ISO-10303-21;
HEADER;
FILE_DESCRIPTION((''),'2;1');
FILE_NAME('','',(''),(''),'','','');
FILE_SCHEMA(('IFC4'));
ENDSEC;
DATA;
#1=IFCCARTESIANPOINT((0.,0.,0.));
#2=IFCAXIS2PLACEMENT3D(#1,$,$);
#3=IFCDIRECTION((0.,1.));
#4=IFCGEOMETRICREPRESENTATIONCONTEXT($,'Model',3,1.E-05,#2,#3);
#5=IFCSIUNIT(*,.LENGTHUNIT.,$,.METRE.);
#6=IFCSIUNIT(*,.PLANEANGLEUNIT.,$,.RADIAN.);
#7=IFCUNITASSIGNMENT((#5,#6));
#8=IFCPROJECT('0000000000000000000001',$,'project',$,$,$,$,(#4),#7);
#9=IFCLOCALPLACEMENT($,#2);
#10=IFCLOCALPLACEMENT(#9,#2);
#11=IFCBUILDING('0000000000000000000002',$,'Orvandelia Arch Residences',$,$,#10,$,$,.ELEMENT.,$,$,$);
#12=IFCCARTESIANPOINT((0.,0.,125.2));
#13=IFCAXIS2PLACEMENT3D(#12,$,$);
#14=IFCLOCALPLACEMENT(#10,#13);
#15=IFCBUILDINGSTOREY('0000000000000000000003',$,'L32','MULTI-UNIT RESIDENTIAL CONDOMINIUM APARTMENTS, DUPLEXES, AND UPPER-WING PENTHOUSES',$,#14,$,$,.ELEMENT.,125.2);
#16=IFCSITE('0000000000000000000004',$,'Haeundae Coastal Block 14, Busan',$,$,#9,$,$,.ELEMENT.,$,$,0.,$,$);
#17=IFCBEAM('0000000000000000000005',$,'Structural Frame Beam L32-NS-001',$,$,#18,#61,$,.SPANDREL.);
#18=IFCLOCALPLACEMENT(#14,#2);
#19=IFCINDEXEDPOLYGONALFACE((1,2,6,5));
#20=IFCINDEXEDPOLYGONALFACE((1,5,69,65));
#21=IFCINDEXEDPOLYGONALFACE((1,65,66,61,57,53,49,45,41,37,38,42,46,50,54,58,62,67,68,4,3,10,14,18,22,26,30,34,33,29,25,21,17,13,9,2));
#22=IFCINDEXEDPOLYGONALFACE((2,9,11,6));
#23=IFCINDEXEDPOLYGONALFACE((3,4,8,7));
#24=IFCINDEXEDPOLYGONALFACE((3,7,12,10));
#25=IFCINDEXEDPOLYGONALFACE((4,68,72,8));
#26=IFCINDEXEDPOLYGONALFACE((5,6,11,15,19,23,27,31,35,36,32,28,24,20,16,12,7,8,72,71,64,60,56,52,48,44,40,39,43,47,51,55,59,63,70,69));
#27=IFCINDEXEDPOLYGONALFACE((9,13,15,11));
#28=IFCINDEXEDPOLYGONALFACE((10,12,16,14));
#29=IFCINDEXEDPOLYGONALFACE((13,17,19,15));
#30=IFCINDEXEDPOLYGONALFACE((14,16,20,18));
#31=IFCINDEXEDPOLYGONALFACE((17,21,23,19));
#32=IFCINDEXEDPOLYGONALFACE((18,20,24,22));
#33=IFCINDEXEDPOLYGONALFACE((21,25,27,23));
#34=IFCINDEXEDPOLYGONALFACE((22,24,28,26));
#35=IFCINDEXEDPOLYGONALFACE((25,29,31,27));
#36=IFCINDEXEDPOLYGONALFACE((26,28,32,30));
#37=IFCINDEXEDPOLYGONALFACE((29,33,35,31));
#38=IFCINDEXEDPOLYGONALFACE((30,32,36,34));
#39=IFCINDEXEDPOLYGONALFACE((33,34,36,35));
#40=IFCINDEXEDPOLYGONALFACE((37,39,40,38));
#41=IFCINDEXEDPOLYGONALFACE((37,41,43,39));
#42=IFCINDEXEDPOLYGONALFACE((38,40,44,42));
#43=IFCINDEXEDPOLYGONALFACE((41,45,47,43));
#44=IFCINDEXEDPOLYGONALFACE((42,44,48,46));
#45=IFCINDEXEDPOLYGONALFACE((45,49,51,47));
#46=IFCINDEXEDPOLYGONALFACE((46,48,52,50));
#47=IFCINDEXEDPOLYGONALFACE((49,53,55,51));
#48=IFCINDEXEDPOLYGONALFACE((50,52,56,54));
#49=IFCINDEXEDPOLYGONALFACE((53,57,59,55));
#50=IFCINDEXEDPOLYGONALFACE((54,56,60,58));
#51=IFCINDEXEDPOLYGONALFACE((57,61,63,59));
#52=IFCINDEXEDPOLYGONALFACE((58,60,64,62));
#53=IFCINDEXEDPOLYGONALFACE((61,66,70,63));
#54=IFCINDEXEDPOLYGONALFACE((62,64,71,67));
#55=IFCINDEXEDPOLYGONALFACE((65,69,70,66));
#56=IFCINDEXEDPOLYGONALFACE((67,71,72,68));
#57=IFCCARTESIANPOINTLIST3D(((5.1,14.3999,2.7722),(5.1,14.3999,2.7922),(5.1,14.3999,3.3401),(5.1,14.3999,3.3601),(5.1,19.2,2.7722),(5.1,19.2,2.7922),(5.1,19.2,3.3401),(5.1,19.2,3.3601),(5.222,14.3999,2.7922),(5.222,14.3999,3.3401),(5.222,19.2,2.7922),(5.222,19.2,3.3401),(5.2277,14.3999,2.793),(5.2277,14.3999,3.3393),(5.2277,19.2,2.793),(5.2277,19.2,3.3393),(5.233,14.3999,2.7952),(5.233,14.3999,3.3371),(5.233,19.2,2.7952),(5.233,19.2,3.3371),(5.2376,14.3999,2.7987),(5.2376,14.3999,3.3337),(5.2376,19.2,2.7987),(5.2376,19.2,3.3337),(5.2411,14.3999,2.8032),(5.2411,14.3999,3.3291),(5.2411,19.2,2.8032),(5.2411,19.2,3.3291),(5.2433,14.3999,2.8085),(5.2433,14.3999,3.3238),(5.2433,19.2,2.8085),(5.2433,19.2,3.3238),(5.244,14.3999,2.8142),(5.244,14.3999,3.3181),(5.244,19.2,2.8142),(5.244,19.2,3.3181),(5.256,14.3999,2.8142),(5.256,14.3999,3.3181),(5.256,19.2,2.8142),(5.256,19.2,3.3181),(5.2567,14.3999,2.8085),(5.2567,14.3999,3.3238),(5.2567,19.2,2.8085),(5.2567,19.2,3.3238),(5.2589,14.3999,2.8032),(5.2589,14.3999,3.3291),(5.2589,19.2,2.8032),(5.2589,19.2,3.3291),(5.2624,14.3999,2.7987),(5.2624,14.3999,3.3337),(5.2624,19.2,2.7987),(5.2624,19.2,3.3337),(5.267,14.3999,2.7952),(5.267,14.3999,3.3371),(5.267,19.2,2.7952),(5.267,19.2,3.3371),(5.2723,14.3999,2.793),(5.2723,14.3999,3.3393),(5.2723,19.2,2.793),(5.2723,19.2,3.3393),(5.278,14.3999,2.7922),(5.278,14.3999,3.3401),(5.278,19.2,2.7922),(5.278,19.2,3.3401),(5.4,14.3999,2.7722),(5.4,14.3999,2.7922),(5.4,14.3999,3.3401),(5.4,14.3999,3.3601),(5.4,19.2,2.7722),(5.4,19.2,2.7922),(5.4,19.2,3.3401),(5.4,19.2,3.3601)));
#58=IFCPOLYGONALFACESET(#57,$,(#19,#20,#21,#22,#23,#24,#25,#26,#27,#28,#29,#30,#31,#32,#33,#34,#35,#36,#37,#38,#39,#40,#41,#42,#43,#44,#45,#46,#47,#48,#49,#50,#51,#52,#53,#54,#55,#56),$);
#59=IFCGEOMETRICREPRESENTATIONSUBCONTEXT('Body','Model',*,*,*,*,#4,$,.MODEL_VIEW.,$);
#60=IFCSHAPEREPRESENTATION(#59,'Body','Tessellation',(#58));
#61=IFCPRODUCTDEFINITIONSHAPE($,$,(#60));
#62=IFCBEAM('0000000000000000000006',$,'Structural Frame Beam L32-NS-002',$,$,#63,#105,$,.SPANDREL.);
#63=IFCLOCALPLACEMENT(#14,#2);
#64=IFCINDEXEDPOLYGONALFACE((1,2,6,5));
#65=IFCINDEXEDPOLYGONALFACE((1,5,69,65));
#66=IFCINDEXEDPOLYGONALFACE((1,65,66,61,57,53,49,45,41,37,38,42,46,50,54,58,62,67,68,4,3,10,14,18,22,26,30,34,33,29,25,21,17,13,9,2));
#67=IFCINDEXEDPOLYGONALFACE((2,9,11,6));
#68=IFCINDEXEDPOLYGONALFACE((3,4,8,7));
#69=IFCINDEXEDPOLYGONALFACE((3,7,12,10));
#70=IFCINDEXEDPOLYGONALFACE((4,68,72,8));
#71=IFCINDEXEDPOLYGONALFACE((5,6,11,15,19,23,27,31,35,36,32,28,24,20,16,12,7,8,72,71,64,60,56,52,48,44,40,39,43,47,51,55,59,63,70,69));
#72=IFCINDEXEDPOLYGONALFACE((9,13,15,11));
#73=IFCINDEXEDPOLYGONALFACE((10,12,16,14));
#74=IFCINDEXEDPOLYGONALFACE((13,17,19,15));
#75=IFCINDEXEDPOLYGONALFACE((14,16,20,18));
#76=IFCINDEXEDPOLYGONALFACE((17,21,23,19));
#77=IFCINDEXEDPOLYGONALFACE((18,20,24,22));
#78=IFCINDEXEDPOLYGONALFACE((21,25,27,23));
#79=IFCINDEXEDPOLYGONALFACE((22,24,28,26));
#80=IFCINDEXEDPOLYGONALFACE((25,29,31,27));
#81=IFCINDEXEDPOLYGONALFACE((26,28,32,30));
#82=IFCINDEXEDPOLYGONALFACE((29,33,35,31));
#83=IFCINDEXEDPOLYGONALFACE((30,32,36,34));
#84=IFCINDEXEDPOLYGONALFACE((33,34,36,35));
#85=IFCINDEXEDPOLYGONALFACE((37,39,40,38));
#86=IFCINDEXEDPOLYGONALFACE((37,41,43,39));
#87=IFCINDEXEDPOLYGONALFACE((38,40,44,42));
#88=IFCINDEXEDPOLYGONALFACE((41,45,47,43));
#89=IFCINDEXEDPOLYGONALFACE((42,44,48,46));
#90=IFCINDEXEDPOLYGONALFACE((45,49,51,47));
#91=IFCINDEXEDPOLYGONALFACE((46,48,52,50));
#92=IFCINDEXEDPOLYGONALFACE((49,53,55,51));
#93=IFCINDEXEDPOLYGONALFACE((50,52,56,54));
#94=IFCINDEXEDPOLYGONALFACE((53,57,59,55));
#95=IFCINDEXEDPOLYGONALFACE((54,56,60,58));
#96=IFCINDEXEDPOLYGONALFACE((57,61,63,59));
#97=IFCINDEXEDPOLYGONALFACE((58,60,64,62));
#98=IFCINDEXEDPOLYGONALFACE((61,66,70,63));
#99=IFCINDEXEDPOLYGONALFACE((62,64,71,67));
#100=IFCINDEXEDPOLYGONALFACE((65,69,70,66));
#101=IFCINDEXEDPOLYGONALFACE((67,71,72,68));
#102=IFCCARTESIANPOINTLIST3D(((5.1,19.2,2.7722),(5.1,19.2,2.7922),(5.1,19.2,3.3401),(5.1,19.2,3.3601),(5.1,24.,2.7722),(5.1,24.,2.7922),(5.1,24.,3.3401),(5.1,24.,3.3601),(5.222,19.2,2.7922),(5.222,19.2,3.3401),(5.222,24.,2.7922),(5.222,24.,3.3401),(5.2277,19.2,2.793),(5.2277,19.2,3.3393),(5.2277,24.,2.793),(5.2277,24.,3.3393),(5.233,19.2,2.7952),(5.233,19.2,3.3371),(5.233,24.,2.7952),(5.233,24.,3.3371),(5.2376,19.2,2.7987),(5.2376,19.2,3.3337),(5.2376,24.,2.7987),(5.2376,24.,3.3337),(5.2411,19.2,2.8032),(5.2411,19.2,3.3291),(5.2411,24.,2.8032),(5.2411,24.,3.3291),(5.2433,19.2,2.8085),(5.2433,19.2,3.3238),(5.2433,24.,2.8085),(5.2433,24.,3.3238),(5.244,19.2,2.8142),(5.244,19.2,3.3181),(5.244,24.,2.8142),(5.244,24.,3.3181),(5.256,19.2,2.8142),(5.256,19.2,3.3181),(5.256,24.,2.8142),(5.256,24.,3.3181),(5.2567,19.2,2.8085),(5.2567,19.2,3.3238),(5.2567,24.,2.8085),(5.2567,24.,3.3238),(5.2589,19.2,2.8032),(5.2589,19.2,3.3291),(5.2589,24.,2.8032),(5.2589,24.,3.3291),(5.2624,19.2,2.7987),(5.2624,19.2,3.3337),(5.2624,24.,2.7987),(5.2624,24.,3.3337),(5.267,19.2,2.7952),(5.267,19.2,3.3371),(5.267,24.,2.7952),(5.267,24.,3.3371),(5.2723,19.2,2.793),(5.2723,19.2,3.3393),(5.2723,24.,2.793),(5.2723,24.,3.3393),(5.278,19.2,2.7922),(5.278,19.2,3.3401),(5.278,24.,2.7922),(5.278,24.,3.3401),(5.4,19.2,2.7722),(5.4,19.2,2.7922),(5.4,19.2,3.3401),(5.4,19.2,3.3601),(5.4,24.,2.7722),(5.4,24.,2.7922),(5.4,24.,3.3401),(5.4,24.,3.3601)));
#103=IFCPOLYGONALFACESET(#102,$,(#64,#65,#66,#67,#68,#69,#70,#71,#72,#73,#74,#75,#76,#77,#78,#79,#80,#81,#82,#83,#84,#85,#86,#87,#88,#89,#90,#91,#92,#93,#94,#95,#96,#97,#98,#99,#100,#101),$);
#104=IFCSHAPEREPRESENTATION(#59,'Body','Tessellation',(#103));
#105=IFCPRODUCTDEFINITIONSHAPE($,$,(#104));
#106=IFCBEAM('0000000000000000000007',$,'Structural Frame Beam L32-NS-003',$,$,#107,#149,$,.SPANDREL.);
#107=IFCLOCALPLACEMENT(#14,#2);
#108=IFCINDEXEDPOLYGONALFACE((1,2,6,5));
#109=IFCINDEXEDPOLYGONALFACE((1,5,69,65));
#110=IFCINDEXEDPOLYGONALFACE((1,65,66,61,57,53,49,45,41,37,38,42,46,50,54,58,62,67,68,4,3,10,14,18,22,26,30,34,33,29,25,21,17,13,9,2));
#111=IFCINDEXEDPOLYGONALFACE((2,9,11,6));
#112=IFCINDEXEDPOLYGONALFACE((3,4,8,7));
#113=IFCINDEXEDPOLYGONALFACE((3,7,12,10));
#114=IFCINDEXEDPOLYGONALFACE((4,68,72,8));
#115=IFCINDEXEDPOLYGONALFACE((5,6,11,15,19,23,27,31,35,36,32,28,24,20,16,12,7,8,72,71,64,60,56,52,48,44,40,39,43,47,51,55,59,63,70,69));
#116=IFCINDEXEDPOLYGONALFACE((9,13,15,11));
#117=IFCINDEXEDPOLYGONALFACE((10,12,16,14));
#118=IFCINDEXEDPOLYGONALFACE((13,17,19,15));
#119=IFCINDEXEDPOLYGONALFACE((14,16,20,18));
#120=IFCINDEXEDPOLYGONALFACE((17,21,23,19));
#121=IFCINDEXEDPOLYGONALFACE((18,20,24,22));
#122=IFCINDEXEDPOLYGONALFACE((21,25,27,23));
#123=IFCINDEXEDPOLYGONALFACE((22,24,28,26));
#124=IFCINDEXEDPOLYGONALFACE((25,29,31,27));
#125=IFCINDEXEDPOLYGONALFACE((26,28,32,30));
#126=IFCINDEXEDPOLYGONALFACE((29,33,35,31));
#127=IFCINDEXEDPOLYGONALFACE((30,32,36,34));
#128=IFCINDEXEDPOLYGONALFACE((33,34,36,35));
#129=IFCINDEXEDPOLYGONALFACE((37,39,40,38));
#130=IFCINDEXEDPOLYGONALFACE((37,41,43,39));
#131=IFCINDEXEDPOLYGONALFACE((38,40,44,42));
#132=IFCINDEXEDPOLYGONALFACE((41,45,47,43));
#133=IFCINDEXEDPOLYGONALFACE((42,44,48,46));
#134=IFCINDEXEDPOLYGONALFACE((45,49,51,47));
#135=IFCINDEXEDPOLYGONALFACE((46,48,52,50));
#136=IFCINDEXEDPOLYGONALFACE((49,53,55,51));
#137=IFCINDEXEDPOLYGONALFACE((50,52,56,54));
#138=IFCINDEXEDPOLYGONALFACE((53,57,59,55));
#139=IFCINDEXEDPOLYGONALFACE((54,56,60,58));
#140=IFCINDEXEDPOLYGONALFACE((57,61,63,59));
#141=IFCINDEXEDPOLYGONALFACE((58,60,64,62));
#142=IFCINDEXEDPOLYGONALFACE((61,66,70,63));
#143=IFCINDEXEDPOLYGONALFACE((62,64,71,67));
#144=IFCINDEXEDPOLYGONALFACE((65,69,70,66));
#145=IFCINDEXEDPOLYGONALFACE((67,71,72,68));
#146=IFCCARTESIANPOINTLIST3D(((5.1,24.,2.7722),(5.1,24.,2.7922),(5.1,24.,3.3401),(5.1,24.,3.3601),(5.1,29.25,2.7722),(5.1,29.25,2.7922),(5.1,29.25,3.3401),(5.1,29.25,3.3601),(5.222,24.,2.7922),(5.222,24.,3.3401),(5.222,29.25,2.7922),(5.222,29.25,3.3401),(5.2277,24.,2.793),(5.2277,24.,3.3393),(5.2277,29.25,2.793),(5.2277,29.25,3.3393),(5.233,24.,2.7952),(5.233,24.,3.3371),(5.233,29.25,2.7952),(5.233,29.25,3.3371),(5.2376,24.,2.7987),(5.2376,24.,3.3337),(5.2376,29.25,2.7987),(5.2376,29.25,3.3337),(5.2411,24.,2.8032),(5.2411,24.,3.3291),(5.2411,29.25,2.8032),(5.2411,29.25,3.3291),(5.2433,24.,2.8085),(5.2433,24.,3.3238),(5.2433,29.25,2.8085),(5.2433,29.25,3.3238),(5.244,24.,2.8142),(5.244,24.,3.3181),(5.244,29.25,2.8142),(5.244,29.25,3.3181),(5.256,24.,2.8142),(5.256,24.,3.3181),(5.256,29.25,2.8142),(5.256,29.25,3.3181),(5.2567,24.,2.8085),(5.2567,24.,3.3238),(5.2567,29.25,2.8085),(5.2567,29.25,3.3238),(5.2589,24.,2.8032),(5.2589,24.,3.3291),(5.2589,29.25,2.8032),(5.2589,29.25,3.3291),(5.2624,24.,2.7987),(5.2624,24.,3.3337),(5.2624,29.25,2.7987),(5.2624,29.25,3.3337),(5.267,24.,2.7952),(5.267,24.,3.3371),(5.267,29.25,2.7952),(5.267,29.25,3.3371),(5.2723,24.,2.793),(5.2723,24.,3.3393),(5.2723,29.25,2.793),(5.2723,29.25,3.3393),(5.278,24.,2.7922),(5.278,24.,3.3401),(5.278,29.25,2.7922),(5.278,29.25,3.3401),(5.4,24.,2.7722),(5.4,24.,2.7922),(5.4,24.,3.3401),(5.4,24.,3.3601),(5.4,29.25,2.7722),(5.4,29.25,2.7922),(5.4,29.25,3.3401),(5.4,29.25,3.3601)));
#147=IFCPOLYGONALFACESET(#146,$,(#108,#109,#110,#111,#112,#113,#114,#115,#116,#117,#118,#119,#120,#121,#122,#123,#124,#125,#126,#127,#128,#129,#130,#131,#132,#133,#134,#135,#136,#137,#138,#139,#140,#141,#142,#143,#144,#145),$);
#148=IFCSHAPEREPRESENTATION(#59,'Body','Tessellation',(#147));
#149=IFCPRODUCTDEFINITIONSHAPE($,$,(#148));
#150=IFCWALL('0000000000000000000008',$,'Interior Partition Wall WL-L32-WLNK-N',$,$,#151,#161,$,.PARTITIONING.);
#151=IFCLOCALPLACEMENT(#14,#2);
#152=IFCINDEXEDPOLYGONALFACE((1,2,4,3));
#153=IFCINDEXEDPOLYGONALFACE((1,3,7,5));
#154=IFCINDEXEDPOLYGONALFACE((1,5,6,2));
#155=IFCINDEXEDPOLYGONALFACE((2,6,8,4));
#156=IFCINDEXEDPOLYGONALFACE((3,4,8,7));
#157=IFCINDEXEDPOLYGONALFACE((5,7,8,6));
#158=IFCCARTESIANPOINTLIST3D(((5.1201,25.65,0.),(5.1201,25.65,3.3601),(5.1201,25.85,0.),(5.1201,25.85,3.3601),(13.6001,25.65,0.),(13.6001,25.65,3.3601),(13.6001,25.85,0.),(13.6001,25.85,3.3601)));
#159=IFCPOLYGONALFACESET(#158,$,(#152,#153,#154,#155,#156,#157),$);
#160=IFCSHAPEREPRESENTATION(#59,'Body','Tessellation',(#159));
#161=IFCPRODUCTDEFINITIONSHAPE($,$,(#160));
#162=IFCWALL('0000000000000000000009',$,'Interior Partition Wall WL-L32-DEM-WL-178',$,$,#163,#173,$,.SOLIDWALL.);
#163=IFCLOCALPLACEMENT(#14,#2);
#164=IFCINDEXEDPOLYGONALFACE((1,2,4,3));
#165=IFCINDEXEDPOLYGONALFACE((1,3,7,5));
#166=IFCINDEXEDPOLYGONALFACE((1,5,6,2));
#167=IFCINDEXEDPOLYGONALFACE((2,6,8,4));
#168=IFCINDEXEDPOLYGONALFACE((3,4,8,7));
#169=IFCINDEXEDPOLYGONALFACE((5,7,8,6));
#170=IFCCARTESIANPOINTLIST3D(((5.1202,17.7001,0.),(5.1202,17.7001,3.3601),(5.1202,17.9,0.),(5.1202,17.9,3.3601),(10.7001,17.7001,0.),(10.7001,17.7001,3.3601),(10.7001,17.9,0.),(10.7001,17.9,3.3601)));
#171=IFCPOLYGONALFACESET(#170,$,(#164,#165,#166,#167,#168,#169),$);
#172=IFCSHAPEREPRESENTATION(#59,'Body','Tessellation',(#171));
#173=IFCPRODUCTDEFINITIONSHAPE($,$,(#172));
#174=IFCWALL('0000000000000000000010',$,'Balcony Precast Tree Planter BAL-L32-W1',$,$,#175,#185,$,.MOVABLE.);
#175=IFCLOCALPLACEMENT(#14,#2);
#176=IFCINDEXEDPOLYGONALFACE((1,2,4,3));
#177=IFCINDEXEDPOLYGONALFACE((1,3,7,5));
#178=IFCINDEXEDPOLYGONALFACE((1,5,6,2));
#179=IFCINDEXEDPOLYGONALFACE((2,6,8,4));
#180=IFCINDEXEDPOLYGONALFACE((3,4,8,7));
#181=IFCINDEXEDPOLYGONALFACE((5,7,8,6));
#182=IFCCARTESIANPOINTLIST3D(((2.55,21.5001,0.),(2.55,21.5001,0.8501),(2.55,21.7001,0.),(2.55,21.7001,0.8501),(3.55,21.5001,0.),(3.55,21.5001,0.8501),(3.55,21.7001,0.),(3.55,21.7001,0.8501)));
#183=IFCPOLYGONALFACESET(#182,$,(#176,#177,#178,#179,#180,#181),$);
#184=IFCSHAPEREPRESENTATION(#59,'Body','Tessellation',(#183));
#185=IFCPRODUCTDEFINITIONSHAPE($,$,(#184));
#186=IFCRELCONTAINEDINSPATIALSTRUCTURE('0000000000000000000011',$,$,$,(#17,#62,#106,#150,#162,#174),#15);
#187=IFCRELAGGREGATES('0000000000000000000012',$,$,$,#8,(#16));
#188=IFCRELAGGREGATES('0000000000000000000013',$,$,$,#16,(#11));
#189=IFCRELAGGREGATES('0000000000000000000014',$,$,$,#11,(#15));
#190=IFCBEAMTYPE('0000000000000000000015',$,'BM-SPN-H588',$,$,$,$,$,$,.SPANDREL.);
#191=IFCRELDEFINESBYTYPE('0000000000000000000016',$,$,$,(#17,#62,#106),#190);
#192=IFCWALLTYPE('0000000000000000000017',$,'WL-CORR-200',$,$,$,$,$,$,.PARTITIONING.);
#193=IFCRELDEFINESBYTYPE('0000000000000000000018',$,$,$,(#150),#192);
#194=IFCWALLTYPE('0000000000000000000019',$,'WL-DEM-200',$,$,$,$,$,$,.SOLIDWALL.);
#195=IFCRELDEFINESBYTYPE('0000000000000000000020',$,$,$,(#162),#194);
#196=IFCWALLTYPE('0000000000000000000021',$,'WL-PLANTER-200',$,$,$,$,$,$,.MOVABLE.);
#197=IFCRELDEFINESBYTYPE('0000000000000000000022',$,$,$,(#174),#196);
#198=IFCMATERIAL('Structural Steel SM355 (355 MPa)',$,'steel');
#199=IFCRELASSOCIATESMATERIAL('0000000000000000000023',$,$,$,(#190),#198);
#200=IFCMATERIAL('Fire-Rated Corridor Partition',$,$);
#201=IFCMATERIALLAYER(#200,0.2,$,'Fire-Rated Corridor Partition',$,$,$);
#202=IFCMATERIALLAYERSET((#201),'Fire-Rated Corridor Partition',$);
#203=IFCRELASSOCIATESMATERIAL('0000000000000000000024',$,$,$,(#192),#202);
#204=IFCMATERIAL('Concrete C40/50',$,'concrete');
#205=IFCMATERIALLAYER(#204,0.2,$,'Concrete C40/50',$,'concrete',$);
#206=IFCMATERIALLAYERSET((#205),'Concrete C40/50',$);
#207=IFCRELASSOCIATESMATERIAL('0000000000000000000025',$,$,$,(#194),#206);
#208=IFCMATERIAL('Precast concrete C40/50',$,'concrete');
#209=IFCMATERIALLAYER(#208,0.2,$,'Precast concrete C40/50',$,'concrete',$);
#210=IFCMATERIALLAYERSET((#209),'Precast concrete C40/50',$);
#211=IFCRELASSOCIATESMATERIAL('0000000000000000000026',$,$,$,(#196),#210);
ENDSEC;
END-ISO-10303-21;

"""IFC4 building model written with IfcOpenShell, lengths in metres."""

from ifc_helpers import new_model, si_unit, direction, frame, frame_2d, origin, origin_2d, place, context, subcontext, project, spatial, rectangle, i_section, extrude, material, layer, layer_set, material_profile, profile_set, type_object, element, save


model = new_model("IFC4")

# Units and contexts
model_context = context("Model", 3, precision=1e-05, world=origin(), true_north=direction((0.0, 1.0)))
body_context = subcontext(model_context, "Body", "Model", "MODEL_VIEW")
ifc_project = project(units=[si_unit("LENGTHUNIT", "METRE"), si_unit("PLANEANGLEUNIT", "RADIAN")], contexts=[model_context])

# Site, building, storey
site_placement = place(None, origin())
site = spatial("IfcSite", under=ifc_project, at=site_placement, Name="Haeundae Coastal Block 14, Busan", CompositionType="ELEMENT", RefElevation=0.0)
building_placement = place(site_placement, origin())
building = spatial("IfcBuilding", under=site, at=building_placement, Name="Orvandelia Arch Residences", CompositionType="ELEMENT")
storey_placement = place(building_placement, frame((0.0, 0.0, 125.2)))
storey = spatial("IfcBuildingStorey", under=building, at=storey_placement, Name="L32", Description="MULTI-UNIT RESIDENTIAL CONDOMINIUM APARTMENTS, DUPLEXES, AND UPPER-WING PENTHOUSES", CompositionType="ELEMENT", Elevation=125.2)

# Beams
ifc_material_1 = material(Name="Structural Steel SM355 (355 MPa)", Category="steel")
ifc_material_profile_1 = material_profile(ifc_material_1, i_section(OverallWidth=0.3, OverallDepth=0.5879, WebThickness=0.012, FlangeThickness=0.02, FilletRadius=0.022, at=origin_2d()), Name="Structural Steel SM355 (355 MPa)", Category="steel")
ifc_profile_set_1 = profile_set([ifc_material_profile_1], Name="Structural Steel SM355 (355 MPa)")
beam_type_1 = type_object("IfcBeamType", Name="BM-SPN-H588", PredefinedType="SPANDREL", material=ifc_profile_set_1)
for number, where, z_axis, x_axis, name in (
    (1, (5.25, 14.3999, 3.0662), (0.0, 1.0, 0.0), (-1.0, 0.0, 0.0), "Structural Frame Beam L32-NS-001"),
    (2, (5.25, 19.2, 3.0662), (0.0, 1.0, 0.0), (-1.0, 0.0, 0.0), "Structural Frame Beam L32-NS-002"),
):
    element("IfcBeam", number, at=place(storey_placement, frame(where, z_axis=z_axis, x_axis=x_axis)), inside=storey, type_object=beam_type_1, Name=name, PredefinedType="SPANDREL", context=body_context, shape_type="SweptSolid", body=[
        extrude(i_section(OverallWidth=0.3, OverallDepth=0.5879, WebThickness=0.012, FlangeThickness=0.02, FilletRadius=0.022, at=origin_2d()), origin(), (0.0, 0.0, 1.0), 4.8),
    ])
beam_placement = place(storey_placement, frame((5.25, 24.0, 3.0662), z_axis=(0.0, 1.0, 0.0), x_axis=(-1.0, 0.0, 0.0)))
element("IfcBeam", 3, at=beam_placement, inside=storey, type_object=beam_type_1, Name="Structural Frame Beam L32-NS-003", PredefinedType="SPANDREL", context=body_context, shape_type="SweptSolid", body=[
    extrude(i_section(OverallWidth=0.3, OverallDepth=0.5879, WebThickness=0.012, FlangeThickness=0.02, FilletRadius=0.022, at=origin_2d()), origin(), (0.0, 0.0, 1.0), 5.25),
])

# Walls
ifc_material_2 = material(Name="Fire-Rated Corridor Partition")
ifc_layer_1 = layer(ifc_material_2, 0.2, Name="Fire-Rated Corridor Partition")
ifc_layer_set_1 = layer_set([ifc_layer_1], Name="Fire-Rated Corridor Partition")
wall_type_1 = type_object("IfcWallType", Name="WL-CORR-200", PredefinedType="PARTITIONING", material=ifc_layer_set_1)
wall_1_placement = place(storey_placement, frame((5.1201, 25.75, 0.0), z_axis=(0.0, 0.0, 1.0), x_axis=(1.0, 0.0, 0.0)))
element("IfcWall", 4, at=wall_1_placement, inside=storey, type_object=wall_type_1, Name="Interior Partition Wall WL-L32-WLNK-N", PredefinedType="PARTITIONING", context=body_context, shape_type="SweptSolid", body=[
    extrude(rectangle(XDim=8.48, YDim=0.2, at=frame_2d((4.24, 0.0))), origin(), (0.0, 0.0, 1.0), 3.3601),
])
ifc_material_3 = material(Name="Concrete C40/50", Category="concrete")
ifc_layer_2 = layer(ifc_material_3, 0.2, Name="Concrete C40/50", Category="concrete")
ifc_layer_set_2 = layer_set([ifc_layer_2], Name="Concrete C40/50")
wall_type_2 = type_object("IfcWallType", Name="WL-DEM-200", PredefinedType="SOLIDWALL", material=ifc_layer_set_2)
wall_2_placement = place(storey_placement, frame((5.1201, 17.8, 0.0), z_axis=(0.0, 0.0, 1.0), x_axis=(1.0, 0.0, 0.0)))
element("IfcWall", 5, at=wall_2_placement, inside=storey, type_object=wall_type_2, Name="Interior Partition Wall WL-L32-DEM-WL-178", PredefinedType="SOLIDWALL", context=body_context, shape_type="SweptSolid", body=[
    extrude(rectangle(XDim=5.5798, YDim=0.2, at=frame_2d((2.79, 0.0))), origin(), (0.0, 0.0, 1.0), 3.3601),
])
ifc_material_4 = material(Name="Precast concrete C40/50", Category="concrete")
ifc_layer_3 = layer(ifc_material_4, 0.2, Name="Precast concrete C40/50", Category="concrete")
ifc_layer_set_3 = layer_set([ifc_layer_3], Name="Precast concrete C40/50")
wall_type_3 = type_object("IfcWallType", Name="WL-PLANTER-200", PredefinedType="MOVABLE", material=ifc_layer_set_3)
wall_3_placement = place(storey_placement, frame((2.55, 21.6001, 0.0), z_axis=(0.0, 0.0, 1.0), x_axis=(1.0, 0.0, 0.0)))
element("IfcWall", 6, at=wall_3_placement, inside=storey, type_object=wall_type_3, Name="Balcony Precast Tree Planter BAL-L32-W1", PredefinedType="MOVABLE", context=body_context, shape_type="SweptSolid", body=[
    extrude(rectangle(XDim=1.0, YDim=0.2, at=frame_2d((0.5, 0.0))), origin(), (0.0, 0.0, 1.0), 0.8501),
])

save(model, "model.ifc")
